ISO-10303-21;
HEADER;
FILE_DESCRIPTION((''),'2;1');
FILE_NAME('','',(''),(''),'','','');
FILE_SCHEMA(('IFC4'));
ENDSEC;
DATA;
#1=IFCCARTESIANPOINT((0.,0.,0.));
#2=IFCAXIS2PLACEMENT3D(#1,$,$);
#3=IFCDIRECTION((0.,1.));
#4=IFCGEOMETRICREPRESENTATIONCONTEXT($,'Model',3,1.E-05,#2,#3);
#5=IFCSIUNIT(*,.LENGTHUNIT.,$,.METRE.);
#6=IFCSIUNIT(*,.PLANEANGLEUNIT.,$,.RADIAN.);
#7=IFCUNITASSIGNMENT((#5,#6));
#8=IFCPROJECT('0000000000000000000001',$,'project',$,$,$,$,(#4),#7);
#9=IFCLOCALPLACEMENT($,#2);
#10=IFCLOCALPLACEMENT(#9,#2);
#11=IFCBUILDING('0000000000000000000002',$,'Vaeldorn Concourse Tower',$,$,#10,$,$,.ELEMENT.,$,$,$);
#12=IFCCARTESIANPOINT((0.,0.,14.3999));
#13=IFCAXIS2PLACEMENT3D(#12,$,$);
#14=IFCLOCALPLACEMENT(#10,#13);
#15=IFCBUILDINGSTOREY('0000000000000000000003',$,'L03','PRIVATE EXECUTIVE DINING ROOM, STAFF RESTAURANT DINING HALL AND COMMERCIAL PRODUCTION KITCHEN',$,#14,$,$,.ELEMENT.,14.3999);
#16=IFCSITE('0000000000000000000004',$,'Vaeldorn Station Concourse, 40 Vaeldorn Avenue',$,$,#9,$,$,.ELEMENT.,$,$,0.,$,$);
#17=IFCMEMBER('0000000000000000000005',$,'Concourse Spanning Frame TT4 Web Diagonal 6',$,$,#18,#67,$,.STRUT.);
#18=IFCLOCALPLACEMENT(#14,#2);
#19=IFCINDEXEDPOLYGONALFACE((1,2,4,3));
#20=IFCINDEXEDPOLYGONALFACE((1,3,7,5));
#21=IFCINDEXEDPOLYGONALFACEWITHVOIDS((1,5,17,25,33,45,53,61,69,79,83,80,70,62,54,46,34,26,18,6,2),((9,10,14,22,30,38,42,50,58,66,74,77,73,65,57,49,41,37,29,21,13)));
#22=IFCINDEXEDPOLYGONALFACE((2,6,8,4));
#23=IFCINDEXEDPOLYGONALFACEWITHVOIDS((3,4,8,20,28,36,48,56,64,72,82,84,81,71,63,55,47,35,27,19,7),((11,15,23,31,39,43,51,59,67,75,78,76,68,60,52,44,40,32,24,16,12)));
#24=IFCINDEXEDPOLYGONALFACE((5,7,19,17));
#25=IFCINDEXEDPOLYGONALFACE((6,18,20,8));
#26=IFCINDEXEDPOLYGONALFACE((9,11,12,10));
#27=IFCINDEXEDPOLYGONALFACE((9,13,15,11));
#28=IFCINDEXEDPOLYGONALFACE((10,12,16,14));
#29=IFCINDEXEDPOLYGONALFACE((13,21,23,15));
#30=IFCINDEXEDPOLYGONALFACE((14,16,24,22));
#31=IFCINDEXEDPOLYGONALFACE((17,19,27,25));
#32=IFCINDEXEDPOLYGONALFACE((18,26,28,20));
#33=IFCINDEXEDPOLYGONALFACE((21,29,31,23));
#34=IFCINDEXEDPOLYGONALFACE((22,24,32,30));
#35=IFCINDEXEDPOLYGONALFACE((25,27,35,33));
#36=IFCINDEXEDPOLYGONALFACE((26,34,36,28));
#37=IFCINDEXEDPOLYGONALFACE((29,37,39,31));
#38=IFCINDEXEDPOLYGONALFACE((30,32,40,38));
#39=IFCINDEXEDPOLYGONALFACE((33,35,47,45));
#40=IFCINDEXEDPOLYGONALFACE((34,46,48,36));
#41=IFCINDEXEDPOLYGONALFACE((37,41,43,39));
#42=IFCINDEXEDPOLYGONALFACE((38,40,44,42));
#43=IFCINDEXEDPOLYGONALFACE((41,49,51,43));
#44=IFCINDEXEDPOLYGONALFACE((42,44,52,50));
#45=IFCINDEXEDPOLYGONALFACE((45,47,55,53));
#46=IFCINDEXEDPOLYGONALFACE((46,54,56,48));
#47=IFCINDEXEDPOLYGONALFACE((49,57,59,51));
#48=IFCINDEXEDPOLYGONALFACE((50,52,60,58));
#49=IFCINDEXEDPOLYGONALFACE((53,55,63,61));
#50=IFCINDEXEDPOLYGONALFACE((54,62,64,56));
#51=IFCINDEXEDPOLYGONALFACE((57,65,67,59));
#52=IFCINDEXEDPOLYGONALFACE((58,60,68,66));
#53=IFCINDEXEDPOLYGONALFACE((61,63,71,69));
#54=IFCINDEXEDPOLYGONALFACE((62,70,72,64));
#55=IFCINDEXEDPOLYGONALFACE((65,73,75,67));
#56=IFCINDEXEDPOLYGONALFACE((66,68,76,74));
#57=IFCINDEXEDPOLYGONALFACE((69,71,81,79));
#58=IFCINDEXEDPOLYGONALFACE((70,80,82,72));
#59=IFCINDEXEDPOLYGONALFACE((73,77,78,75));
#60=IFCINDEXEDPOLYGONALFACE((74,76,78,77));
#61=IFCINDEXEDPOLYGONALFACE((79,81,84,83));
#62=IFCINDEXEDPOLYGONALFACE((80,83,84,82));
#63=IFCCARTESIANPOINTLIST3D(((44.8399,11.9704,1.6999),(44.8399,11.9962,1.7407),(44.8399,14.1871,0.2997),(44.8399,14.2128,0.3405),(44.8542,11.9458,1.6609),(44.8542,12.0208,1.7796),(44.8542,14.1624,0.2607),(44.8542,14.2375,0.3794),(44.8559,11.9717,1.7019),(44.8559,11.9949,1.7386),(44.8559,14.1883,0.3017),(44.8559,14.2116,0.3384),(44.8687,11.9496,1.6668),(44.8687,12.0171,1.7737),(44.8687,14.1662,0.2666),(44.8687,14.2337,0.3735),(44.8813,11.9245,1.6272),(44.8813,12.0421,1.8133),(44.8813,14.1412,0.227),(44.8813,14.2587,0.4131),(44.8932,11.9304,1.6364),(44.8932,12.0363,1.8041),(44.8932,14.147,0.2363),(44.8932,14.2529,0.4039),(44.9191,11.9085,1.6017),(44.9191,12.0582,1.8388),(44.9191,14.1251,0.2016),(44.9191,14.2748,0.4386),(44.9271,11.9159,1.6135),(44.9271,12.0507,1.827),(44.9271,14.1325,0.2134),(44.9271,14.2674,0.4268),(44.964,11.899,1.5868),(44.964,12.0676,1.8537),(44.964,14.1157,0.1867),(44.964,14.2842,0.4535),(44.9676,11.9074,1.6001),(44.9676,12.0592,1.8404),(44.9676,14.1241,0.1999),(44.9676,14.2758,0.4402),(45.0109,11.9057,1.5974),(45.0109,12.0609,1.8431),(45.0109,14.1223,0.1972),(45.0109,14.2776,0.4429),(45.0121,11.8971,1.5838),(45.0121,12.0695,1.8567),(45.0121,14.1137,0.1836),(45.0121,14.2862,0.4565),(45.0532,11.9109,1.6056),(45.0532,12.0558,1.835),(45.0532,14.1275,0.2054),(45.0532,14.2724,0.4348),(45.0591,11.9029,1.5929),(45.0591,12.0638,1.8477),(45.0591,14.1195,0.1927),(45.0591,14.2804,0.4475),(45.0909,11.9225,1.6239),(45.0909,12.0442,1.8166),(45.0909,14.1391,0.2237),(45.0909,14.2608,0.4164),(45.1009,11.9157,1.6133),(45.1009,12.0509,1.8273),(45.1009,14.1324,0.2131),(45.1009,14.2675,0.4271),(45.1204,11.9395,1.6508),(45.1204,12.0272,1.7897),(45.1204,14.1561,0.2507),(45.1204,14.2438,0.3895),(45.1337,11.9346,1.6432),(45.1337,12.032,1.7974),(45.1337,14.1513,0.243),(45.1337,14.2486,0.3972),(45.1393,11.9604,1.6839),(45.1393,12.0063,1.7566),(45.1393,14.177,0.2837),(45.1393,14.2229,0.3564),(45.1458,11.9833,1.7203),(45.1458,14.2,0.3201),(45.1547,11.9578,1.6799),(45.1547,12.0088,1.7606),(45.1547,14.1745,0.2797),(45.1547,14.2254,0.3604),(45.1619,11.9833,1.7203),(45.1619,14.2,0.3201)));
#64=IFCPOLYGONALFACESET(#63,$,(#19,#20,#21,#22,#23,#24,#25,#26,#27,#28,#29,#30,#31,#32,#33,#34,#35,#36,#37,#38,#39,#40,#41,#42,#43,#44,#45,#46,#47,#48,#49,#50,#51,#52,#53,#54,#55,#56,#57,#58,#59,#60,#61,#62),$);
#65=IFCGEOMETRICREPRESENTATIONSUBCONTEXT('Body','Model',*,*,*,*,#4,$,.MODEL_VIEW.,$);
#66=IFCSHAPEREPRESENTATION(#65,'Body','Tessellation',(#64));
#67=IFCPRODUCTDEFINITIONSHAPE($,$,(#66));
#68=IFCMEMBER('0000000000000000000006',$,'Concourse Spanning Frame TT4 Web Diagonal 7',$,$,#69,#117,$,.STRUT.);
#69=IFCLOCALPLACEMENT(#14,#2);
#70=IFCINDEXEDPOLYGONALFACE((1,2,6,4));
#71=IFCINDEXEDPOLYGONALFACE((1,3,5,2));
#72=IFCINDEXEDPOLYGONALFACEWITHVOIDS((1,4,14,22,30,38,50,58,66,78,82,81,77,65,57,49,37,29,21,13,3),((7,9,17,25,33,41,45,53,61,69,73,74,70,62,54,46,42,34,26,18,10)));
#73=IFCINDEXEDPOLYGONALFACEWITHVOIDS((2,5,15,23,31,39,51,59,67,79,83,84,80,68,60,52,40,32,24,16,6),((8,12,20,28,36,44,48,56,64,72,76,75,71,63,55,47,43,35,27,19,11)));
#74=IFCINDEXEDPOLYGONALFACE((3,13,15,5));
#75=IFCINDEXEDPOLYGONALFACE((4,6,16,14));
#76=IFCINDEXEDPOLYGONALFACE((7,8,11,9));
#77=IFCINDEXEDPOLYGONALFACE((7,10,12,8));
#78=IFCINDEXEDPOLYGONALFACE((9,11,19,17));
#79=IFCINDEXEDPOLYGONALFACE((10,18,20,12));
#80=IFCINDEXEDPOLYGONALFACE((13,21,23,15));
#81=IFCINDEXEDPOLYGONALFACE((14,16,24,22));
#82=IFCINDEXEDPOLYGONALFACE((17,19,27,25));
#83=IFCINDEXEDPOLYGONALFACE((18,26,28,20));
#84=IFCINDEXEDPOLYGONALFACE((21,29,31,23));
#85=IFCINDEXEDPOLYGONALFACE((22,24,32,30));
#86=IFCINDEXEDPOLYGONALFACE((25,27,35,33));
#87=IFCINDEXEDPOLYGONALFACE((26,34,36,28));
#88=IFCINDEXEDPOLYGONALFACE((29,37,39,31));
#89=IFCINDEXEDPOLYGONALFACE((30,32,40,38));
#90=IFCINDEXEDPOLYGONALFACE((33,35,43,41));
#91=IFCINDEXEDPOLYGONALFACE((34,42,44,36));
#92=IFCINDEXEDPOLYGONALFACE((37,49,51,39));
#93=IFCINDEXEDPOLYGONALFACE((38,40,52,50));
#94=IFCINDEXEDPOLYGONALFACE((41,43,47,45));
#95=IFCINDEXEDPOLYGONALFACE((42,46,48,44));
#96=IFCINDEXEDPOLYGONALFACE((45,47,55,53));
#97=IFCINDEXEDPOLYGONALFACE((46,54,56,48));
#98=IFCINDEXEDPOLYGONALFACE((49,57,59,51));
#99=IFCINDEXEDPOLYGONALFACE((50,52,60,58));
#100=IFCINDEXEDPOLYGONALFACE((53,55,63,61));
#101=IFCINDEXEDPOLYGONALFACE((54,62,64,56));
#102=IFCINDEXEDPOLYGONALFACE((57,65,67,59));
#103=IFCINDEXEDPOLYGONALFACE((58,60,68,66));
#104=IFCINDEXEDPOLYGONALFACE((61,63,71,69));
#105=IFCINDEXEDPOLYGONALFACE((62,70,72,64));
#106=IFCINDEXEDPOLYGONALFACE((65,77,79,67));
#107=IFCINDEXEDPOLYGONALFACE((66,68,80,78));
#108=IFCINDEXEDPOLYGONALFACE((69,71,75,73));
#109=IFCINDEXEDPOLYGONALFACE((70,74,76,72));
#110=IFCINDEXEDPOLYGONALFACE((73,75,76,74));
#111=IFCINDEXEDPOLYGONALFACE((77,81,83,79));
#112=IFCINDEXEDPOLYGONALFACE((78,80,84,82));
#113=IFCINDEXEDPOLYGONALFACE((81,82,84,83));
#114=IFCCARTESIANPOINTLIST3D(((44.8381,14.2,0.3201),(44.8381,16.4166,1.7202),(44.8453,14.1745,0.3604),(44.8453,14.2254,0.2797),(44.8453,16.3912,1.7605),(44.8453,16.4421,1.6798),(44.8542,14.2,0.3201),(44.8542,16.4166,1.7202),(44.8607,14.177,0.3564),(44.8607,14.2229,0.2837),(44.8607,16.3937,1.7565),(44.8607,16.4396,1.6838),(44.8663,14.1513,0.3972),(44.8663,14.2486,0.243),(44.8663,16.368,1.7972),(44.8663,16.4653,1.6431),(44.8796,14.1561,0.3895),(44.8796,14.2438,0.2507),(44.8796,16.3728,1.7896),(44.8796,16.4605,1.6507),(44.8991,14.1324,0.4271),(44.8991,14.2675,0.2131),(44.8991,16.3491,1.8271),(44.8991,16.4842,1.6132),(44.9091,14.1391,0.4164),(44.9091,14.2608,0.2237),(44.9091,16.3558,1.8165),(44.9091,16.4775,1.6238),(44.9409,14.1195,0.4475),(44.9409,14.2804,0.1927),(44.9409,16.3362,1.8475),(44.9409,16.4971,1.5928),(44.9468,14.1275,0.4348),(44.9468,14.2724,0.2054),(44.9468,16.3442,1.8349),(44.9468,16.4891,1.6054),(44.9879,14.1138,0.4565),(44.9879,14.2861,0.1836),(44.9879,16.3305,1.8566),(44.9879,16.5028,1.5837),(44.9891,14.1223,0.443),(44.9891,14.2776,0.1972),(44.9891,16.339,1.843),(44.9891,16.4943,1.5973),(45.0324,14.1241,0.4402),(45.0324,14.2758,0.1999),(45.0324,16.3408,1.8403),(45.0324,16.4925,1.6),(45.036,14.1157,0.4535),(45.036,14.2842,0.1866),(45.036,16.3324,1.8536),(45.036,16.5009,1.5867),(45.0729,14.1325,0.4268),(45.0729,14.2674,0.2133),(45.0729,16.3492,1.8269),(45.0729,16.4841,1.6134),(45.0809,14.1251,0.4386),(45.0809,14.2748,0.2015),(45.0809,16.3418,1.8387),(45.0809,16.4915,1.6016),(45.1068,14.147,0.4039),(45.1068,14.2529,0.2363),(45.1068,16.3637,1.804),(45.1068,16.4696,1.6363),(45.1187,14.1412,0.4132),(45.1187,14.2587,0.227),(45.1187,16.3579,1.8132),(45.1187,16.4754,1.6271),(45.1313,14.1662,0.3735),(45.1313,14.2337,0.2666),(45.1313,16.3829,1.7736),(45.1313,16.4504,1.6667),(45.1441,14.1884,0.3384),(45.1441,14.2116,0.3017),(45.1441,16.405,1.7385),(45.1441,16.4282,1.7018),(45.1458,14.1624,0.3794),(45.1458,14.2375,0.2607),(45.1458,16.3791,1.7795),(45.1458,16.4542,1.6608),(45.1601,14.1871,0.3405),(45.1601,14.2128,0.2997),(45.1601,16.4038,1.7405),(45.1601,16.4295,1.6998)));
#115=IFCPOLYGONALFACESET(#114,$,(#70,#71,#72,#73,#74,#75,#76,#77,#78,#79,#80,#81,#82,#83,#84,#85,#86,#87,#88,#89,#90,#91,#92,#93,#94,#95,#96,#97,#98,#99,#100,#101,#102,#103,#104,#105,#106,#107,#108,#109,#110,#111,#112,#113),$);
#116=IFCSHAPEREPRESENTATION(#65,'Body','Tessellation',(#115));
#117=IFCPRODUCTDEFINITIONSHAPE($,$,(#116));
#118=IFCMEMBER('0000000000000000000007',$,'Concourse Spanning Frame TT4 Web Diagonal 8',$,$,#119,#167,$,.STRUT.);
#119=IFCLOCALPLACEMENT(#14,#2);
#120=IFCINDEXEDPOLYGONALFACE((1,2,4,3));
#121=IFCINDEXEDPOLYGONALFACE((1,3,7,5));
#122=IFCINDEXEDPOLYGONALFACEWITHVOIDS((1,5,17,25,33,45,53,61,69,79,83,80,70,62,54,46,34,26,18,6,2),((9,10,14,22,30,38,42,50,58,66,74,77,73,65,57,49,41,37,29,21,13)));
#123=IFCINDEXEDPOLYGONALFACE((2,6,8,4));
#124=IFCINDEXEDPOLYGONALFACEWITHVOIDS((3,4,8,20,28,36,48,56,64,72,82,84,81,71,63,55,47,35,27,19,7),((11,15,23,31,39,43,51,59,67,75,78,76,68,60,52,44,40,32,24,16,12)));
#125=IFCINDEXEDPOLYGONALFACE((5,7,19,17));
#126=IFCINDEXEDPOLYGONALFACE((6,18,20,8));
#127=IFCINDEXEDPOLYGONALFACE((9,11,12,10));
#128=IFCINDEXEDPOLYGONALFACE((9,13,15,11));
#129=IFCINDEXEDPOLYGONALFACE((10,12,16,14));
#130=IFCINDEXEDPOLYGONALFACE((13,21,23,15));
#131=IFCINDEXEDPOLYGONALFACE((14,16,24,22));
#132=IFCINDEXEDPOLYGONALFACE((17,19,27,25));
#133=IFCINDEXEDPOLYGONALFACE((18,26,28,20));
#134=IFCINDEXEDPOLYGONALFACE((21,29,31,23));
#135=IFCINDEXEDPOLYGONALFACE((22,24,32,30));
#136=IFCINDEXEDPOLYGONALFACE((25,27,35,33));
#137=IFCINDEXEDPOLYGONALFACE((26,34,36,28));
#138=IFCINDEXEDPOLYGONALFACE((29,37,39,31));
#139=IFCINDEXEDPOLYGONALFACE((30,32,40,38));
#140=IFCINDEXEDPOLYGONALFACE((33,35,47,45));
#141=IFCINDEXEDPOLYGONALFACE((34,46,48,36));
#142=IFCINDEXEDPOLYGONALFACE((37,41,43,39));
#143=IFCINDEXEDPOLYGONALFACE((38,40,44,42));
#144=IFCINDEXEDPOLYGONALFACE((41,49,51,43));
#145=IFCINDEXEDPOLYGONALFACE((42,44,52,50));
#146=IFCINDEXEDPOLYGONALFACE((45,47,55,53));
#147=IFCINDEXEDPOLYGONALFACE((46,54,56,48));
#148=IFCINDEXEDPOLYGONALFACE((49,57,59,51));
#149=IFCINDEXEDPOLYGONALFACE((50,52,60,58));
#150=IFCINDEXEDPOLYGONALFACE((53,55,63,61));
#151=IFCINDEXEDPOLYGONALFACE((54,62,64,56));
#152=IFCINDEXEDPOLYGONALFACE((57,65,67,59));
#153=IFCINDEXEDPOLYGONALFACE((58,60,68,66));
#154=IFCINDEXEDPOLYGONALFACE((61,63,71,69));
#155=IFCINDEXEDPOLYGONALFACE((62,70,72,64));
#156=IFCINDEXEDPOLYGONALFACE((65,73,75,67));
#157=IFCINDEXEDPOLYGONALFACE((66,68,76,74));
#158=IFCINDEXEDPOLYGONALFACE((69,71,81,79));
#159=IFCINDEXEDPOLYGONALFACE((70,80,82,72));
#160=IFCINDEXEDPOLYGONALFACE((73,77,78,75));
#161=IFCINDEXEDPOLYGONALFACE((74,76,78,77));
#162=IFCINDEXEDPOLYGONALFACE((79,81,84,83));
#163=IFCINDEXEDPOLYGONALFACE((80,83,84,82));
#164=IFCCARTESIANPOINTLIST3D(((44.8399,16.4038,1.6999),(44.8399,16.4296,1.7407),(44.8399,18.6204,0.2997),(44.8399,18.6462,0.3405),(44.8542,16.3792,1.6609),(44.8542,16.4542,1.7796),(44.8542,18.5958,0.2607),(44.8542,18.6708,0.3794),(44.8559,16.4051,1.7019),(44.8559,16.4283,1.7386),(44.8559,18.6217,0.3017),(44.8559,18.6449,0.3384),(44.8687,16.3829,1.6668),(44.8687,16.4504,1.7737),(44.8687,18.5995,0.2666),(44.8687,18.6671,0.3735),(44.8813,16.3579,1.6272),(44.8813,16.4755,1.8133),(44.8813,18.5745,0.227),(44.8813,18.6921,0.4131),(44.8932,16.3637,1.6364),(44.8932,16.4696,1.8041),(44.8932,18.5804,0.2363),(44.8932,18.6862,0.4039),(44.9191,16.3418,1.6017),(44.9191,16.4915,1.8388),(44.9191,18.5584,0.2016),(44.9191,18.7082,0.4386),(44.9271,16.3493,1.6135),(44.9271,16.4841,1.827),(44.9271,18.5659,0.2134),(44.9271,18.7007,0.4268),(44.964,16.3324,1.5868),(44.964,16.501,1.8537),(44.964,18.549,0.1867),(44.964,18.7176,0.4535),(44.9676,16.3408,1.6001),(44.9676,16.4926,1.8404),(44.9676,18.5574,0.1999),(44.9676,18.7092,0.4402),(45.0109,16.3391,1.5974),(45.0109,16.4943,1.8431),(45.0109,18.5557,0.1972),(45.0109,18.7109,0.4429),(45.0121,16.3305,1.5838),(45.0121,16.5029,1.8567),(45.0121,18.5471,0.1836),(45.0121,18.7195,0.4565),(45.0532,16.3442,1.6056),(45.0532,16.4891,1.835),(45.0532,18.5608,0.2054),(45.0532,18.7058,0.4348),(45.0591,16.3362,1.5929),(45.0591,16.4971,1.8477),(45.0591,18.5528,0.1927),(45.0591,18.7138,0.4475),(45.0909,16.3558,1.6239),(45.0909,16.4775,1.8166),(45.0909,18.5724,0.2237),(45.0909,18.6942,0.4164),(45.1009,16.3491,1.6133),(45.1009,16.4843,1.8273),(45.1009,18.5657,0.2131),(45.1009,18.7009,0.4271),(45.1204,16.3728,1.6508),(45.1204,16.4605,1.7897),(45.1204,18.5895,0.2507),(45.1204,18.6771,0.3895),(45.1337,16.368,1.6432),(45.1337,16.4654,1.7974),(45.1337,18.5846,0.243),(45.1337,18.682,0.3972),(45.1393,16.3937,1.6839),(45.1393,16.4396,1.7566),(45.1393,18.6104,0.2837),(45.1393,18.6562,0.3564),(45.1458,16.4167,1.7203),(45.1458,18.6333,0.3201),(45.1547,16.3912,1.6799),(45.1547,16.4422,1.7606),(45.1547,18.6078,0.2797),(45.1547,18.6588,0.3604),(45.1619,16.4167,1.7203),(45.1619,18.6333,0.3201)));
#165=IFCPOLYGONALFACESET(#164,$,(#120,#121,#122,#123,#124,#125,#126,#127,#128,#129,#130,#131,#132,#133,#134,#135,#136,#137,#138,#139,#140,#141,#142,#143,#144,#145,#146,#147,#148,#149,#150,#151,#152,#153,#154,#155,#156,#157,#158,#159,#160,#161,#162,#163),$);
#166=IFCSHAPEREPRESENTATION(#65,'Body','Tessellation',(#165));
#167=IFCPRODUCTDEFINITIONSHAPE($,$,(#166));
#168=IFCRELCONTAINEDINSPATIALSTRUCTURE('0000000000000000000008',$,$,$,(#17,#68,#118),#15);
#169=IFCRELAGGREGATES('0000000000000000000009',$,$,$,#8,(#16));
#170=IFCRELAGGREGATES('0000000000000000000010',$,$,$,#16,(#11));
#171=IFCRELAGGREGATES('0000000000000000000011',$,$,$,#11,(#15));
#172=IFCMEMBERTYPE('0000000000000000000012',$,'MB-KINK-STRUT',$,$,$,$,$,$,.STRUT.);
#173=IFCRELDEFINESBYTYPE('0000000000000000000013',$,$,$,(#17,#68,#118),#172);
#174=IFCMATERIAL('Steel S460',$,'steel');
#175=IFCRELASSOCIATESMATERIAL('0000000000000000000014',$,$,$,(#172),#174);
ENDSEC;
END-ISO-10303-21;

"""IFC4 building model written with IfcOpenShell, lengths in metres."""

from ifc_helpers import new_model, si_unit, direction, frame, origin, origin_2d, place, context, subcontext, project, spatial, hollow_circle, extrude, source, transform, mapped, material, material_profile, profile_set, type_object, element, save


model = new_model("IFC4")

# Units and contexts
model_context = context("Model", 3, precision=1e-05, world=origin(), true_north=direction((0.0, 1.0)))
body_context = subcontext(model_context, "Body", "Model", "MODEL_VIEW")
ifc_project = project(units=[si_unit("LENGTHUNIT", "METRE"), si_unit("PLANEANGLEUNIT", "RADIAN")], contexts=[model_context])

# Site, building, storey
site_placement = place(None, origin())
site = spatial("IfcSite", under=ifc_project, at=site_placement, Name="Vaeldorn Station Concourse, 40 Vaeldorn Avenue", CompositionType="ELEMENT", RefElevation=0.0)
building_placement = place(site_placement, origin())
building = spatial("IfcBuilding", under=site, at=building_placement, Name="Vaeldorn Concourse Tower", CompositionType="ELEMENT")
storey_placement = place(building_placement, frame((0.0, 0.0, 14.3999)))
storey = spatial("IfcBuildingStorey", under=building, at=storey_placement, Name="L03", Description="PRIVATE EXECUTIVE DINING ROOM, STAFF RESTAURANT DINING HALL AND COMMERCIAL PRODUCTION KITCHEN", CompositionType="ELEMENT", Elevation=14.3999)

# Shared definitions
ifc_material = material(Name="Steel S460", Category="steel")

# Members
ifc_material_profile_1 = material_profile(ifc_material, hollow_circle(Radius=0.1619, WallThickness=0.0161, at=origin_2d()), Name="CHS 323.9x16")
ifc_profile_set_1 = profile_set([ifc_material_profile_1], Name="Steel S460")
member_type = type_object("IfcMemberType", Name="MB-KINK-STRUT", PredefinedType="STRUT", material=ifc_profile_set_1)
shared_shape_1 = source(origin(), body_context, "Body", "SweptSolid", [
    extrude(hollow_circle(Radius=0.1619, WallThickness=0.0161, at=origin_2d()), origin(), (0.0, 0.0, 1.0), 2.6218),
])
for number, where, z_axis, x_axis, name in (
    (1, (45.0, 14.2, 0.3201), (0.0, -0.845451, 0.534053), (1.0, 0.0, 0.0), "Concourse Spanning Frame TT4 Web Diagonal 6"),
    (2, (45.0, 14.2, 0.3201), (0.0, 0.845478, 0.534011), (-1.0, 0.0, 0.0), "Concourse Spanning Frame TT4 Web Diagonal 7"),
    (3, (45.0, 18.6333, 0.3201), (0.0, -0.845451, 0.534053), (1.0, 0.0, 0.0), "Concourse Spanning Frame TT4 Web Diagonal 8"),
):
    element("IfcMember", number, at=place(storey_placement, frame(where, z_axis=z_axis, x_axis=x_axis)), inside=storey, type_object=member_type, Name=name, PredefinedType="STRUT", context=body_context, shape_type="MappedRepresentation", body=[
        mapped(shared_shape_1, transform((0.0, 0.0, 0.0), scale=1.0)),
    ])

save(model, "model.ifc")
